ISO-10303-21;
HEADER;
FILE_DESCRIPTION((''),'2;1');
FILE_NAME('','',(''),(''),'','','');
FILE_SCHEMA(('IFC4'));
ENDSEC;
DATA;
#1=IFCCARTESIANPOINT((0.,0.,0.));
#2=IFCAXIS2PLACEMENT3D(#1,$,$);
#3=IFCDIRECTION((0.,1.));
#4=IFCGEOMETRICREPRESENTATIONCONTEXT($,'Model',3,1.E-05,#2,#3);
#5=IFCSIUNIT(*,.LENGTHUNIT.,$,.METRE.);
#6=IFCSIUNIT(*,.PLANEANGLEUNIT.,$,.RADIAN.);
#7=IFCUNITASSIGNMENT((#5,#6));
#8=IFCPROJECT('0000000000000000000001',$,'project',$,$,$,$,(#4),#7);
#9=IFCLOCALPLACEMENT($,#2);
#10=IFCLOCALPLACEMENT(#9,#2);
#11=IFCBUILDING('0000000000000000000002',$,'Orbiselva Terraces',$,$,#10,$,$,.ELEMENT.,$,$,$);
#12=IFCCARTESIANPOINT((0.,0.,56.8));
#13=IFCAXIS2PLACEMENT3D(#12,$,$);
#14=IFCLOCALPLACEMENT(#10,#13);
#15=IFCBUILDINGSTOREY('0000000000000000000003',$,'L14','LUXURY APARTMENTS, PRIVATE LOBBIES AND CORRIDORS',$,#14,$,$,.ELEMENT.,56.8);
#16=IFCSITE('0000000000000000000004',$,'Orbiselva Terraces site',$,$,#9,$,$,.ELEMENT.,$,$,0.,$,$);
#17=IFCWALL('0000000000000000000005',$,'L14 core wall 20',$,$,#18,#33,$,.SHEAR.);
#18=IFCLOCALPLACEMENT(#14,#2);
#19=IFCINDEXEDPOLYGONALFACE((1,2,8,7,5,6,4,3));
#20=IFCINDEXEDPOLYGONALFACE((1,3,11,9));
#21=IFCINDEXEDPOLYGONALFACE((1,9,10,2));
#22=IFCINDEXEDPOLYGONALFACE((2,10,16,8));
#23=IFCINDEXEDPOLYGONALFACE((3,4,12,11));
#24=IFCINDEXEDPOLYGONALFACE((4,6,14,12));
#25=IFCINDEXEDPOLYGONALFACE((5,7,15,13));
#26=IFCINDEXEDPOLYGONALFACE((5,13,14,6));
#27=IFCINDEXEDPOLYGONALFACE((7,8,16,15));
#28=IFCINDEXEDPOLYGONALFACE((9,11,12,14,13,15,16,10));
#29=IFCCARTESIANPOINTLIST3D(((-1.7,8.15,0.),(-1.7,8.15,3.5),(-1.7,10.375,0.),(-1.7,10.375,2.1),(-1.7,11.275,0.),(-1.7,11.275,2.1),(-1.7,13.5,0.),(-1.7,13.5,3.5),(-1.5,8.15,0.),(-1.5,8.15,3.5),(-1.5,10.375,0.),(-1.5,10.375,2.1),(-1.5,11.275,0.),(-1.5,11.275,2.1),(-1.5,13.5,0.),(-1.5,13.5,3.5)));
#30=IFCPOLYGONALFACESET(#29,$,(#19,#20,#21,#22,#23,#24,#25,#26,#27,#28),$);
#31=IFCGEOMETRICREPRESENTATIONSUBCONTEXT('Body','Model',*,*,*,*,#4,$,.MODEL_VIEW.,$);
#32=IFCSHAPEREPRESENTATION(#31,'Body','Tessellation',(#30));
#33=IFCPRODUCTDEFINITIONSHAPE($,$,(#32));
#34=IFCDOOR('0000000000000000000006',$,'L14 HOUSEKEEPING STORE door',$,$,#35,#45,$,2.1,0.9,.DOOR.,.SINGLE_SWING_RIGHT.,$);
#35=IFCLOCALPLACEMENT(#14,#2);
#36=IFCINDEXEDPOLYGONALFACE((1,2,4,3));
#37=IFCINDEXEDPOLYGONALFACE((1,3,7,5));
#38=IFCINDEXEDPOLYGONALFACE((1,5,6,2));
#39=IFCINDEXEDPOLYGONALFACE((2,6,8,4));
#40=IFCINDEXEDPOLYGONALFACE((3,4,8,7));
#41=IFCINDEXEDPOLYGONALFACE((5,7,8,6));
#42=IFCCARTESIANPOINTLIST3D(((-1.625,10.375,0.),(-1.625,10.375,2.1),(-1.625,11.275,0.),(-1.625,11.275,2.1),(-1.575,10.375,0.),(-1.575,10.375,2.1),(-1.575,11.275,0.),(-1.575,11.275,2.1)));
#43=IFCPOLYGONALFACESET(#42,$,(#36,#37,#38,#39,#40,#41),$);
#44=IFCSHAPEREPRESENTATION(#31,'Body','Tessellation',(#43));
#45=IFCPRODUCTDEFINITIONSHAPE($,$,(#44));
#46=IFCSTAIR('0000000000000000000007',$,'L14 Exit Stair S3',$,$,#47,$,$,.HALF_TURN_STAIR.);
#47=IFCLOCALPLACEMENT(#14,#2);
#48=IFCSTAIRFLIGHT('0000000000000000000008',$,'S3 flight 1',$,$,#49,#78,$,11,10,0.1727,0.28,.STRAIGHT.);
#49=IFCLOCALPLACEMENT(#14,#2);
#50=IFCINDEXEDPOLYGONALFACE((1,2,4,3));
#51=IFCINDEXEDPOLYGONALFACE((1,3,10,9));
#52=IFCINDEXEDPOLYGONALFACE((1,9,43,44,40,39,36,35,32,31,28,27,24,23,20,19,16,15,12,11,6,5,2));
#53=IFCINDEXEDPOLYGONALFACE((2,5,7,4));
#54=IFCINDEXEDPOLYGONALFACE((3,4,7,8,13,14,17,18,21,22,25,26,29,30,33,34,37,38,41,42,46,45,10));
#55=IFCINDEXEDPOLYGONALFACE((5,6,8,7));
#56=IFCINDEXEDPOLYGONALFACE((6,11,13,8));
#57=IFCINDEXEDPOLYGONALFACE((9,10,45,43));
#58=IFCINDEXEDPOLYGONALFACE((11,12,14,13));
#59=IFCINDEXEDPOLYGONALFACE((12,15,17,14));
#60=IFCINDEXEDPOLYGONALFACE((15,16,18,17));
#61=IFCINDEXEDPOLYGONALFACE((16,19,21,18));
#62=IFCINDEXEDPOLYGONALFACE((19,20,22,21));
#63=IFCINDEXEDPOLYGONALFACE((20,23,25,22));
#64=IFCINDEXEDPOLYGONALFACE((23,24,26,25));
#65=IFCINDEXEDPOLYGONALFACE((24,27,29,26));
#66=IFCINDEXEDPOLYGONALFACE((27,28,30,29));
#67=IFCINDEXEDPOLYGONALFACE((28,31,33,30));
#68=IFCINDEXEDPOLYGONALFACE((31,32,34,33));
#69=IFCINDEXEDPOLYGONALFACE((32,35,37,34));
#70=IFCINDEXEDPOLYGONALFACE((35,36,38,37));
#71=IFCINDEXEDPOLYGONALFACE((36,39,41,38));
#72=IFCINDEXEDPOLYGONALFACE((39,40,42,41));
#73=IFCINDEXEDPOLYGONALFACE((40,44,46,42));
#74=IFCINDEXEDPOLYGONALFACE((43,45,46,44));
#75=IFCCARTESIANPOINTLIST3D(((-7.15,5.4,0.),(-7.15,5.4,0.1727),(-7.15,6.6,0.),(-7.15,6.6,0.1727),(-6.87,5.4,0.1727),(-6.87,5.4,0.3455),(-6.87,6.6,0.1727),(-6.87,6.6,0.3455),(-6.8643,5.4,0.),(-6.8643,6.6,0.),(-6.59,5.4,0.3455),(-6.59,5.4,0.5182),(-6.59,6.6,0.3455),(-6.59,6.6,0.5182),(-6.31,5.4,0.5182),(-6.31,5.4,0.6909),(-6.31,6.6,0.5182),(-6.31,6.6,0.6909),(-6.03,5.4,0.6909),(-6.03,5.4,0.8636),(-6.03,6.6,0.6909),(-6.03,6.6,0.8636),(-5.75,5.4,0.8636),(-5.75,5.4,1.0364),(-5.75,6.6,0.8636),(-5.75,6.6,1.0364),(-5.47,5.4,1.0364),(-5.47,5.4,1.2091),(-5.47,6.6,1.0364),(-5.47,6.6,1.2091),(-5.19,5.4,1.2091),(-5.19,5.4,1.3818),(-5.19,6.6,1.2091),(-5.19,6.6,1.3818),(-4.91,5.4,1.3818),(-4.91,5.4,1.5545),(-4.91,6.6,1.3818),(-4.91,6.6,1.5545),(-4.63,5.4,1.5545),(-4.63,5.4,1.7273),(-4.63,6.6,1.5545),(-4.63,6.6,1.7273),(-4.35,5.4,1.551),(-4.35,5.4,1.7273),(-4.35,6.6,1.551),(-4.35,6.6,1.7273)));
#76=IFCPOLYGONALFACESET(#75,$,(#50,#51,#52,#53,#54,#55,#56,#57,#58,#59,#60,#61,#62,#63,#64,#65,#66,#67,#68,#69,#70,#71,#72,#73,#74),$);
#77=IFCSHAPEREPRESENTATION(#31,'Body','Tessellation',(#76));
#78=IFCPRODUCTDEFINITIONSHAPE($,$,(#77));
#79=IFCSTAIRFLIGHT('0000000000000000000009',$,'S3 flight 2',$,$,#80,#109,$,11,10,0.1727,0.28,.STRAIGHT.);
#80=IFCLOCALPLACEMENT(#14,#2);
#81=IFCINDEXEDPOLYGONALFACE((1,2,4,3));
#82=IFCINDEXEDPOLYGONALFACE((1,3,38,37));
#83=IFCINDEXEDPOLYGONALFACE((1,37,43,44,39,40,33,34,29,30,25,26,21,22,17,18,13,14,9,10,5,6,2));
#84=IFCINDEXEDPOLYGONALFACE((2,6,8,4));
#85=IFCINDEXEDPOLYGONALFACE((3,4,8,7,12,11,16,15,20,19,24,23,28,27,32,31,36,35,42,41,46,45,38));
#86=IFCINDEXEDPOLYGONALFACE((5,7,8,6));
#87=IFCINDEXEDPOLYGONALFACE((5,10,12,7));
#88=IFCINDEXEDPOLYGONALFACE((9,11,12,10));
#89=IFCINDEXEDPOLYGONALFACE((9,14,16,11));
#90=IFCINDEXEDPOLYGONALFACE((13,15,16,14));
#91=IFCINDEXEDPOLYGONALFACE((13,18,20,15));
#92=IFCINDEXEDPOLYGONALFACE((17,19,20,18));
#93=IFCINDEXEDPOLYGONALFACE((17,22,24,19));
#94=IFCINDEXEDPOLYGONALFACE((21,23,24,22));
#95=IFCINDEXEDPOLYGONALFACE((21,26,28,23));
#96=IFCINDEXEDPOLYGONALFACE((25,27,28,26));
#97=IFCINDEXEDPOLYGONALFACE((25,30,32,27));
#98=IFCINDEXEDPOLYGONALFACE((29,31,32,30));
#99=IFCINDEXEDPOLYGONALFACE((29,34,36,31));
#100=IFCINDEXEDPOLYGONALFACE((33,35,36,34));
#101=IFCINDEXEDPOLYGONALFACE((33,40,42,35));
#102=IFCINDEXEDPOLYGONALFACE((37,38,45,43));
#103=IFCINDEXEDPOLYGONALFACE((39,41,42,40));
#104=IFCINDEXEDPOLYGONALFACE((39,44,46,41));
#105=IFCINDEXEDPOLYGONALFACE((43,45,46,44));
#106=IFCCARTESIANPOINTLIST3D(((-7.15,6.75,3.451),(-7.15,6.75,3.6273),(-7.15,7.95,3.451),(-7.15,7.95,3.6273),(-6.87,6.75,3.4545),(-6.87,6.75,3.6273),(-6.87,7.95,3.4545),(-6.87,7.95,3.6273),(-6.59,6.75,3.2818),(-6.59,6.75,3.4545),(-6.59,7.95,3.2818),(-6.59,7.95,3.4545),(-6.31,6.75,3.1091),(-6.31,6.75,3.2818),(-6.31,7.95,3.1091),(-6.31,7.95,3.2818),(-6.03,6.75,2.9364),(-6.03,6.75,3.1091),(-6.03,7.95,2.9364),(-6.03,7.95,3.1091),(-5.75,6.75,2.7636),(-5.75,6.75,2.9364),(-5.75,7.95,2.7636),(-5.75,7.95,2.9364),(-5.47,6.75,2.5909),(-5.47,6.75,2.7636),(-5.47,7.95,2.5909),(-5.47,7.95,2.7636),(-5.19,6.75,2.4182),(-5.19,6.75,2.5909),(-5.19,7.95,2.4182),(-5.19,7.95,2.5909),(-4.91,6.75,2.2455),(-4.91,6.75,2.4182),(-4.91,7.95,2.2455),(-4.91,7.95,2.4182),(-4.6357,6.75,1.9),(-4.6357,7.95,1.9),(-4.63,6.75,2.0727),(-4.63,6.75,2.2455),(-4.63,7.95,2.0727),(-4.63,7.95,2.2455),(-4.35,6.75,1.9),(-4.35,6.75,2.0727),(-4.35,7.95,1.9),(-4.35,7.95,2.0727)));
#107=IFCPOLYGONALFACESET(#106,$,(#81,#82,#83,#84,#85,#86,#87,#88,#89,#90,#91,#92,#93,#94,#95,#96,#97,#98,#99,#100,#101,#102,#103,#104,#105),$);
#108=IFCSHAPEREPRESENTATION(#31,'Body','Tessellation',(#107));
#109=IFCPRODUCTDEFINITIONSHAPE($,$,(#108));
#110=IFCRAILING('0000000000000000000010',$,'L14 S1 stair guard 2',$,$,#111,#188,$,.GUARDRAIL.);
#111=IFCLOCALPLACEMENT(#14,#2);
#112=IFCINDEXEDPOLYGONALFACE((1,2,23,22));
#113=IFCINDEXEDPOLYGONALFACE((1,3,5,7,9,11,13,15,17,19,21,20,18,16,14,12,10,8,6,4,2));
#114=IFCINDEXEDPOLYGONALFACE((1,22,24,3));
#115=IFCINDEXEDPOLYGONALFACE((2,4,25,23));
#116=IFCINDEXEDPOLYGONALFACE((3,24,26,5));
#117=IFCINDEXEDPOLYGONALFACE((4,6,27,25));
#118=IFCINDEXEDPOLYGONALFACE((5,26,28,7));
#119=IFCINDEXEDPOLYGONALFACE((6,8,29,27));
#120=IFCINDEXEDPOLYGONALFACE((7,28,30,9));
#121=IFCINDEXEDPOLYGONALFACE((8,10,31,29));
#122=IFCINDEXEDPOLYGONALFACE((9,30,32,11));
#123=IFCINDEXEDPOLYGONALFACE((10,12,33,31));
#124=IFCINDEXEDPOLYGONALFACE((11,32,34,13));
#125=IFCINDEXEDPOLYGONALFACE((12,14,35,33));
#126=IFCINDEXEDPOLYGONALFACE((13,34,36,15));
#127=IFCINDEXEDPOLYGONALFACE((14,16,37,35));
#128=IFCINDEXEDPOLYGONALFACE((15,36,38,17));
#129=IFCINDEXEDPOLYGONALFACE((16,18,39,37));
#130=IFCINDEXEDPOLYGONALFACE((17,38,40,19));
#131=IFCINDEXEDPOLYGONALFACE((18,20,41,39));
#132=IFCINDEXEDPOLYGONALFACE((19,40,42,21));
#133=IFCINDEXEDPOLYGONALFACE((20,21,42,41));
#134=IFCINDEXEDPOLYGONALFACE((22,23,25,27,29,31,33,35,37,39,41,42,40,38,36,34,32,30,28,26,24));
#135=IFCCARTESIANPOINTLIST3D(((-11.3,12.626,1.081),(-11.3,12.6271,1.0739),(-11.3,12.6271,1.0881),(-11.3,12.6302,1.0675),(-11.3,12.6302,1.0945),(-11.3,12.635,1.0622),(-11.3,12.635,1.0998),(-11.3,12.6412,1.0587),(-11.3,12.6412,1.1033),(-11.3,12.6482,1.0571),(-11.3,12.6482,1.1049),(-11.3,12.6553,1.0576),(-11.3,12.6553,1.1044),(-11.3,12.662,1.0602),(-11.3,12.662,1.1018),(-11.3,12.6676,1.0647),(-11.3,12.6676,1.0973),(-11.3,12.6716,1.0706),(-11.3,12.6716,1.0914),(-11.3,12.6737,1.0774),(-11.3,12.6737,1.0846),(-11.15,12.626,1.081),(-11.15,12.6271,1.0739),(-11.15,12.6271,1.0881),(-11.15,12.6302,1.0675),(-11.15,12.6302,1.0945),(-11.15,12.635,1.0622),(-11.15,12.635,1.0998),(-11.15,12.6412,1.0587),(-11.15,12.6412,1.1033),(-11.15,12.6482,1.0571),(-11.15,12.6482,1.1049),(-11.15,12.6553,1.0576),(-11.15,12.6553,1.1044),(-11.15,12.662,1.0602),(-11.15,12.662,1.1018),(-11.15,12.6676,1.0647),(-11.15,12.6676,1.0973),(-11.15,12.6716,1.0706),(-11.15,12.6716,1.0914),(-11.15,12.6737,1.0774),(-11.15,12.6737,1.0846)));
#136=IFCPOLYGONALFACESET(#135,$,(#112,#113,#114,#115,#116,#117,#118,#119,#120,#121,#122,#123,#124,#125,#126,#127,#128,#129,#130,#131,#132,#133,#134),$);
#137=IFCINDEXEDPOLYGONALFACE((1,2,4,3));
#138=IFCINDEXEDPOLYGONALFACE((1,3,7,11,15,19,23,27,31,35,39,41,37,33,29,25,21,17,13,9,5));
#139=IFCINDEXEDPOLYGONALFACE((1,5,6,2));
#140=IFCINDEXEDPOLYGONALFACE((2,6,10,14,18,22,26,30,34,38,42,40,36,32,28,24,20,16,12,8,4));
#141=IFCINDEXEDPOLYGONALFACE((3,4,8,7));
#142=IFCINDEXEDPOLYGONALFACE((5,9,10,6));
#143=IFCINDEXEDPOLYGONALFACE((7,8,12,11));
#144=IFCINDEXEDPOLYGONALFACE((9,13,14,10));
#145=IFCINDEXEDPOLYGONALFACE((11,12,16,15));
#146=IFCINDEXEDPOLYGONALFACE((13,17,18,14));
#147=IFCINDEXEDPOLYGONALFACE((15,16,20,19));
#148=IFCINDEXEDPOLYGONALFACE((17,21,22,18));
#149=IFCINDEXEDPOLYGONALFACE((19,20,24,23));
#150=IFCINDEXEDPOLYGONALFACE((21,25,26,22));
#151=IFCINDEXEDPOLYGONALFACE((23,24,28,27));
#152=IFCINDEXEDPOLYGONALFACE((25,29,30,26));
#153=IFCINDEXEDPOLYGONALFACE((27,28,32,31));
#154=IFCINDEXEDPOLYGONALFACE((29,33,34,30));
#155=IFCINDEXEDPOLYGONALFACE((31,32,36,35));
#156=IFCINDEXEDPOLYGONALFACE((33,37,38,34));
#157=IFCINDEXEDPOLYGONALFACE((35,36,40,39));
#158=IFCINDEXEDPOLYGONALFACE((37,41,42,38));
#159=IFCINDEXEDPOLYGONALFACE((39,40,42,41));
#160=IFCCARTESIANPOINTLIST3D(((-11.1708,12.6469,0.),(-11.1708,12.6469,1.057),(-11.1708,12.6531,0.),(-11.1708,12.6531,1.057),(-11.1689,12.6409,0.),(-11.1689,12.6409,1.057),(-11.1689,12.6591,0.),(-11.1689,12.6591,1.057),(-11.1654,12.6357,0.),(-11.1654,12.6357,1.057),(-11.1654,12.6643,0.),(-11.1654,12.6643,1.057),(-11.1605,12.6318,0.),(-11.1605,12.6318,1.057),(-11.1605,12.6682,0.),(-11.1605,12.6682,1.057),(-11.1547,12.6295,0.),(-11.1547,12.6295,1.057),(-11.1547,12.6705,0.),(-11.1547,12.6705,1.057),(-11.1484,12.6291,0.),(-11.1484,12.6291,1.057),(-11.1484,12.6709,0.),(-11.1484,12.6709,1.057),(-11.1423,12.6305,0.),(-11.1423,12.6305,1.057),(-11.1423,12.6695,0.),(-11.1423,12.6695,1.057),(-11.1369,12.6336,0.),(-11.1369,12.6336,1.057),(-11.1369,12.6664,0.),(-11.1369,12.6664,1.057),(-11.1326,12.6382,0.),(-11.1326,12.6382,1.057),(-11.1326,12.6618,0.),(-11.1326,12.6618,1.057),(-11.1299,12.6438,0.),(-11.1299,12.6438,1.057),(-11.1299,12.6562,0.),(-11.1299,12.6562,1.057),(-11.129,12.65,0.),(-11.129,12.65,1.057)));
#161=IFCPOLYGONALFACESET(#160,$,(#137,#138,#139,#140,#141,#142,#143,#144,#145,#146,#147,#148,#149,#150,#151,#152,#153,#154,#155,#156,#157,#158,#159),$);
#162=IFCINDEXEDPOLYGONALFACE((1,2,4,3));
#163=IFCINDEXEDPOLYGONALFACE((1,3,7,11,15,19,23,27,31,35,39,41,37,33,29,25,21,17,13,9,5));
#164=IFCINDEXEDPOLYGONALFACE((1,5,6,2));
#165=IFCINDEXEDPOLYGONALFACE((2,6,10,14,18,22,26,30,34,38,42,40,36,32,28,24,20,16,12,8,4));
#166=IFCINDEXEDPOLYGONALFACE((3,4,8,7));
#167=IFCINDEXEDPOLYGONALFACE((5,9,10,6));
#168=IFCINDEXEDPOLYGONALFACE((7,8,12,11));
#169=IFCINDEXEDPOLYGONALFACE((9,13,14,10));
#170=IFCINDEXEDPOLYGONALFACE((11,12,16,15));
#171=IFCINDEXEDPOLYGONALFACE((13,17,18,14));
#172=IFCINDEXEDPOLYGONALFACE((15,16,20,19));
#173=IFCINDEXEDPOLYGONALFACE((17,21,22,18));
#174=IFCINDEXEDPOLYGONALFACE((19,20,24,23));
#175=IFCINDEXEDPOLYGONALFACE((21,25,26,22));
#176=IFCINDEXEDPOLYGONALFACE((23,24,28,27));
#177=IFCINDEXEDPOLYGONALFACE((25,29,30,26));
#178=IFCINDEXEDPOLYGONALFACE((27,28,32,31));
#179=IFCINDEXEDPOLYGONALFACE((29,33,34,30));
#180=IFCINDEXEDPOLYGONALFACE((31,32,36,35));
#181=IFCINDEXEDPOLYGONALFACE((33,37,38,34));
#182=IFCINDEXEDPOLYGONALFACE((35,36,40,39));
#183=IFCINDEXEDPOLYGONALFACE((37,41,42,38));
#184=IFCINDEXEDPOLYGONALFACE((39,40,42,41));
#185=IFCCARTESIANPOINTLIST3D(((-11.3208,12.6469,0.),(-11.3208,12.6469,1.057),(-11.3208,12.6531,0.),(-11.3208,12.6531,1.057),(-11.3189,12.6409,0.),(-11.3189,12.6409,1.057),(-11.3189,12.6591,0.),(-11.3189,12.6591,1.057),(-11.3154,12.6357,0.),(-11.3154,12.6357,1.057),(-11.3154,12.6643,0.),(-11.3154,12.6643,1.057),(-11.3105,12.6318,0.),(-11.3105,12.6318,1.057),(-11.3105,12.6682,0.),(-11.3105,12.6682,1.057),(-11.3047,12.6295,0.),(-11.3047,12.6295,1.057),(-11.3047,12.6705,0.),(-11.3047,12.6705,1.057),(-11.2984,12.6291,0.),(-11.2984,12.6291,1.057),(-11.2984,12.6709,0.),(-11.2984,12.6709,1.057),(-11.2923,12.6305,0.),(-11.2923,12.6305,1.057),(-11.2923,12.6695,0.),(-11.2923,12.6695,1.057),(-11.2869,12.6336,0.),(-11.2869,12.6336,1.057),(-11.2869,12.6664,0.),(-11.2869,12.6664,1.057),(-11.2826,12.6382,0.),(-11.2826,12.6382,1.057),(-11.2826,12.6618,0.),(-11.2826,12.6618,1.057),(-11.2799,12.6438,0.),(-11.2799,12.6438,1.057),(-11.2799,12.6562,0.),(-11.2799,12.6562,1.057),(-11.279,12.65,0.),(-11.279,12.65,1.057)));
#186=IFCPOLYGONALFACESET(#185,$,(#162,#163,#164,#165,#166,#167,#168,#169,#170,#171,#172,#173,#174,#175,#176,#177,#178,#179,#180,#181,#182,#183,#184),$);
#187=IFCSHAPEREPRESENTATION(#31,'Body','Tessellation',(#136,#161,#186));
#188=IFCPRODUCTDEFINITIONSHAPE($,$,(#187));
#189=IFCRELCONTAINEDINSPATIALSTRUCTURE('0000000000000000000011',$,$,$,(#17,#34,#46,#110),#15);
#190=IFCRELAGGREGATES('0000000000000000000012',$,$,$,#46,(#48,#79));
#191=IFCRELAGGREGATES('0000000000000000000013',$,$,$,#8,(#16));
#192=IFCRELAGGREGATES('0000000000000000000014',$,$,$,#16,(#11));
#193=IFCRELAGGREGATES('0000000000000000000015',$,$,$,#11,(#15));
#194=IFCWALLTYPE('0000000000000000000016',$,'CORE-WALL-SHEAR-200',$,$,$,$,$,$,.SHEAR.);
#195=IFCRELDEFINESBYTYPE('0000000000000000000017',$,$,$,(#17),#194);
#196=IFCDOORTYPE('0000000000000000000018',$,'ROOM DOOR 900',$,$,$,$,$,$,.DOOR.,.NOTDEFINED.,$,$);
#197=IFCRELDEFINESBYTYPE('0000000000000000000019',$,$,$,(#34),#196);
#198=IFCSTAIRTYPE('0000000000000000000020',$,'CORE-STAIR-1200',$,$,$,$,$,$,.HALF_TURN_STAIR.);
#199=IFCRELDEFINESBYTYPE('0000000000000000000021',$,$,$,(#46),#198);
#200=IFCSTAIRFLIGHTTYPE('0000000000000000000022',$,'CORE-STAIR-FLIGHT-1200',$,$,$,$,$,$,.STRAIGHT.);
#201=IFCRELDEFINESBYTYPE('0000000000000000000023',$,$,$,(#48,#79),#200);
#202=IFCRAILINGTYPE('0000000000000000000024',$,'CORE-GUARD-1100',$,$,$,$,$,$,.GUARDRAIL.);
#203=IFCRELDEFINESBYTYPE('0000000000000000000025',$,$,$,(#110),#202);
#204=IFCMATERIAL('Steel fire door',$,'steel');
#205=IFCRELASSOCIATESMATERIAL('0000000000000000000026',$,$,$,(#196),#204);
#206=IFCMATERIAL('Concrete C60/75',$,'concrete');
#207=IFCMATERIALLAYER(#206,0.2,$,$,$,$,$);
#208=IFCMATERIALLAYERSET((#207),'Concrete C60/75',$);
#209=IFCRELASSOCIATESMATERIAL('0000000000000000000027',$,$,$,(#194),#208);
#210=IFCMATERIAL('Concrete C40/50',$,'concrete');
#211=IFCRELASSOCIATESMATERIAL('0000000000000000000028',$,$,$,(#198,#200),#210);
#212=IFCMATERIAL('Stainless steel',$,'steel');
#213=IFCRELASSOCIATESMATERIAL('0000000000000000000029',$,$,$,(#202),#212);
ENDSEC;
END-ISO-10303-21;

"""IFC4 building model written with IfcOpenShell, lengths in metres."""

from ifc_helpers import new_model, si_unit, direction, frame, frame_2d, origin, origin_2d, place, context, subcontext, project, spatial, polyline, rectangle, circle, outline, extrude, material, layer, layer_set, type_object, element, fill, aggregate, save


model = new_model("IFC4")

# Units and contexts
model_context = context("Model", 3, precision=1e-05, world=origin(), true_north=direction((0.0, 1.0)))
body_context = subcontext(model_context, "Body", "Model", "MODEL_VIEW")
ifc_project = project(units=[si_unit("LENGTHUNIT", "METRE"), si_unit("PLANEANGLEUNIT", "RADIAN")], contexts=[model_context])

# Site, building, storey
site_placement = place(None, origin())
site = spatial("IfcSite", under=ifc_project, at=site_placement, Name="Orbiselva Terraces site", CompositionType="ELEMENT", RefElevation=0.0)
building_placement = place(site_placement, origin())
building = spatial("IfcBuilding", under=site, at=building_placement, Name="Orbiselva Terraces", CompositionType="ELEMENT")
storey_placement = place(building_placement, frame((0.0, 0.0, 56.8)))
storey = spatial("IfcBuildingStorey", under=building, at=storey_placement, Name="L14", Description="LUXURY APARTMENTS, PRIVATE LOBBIES AND CORRIDORS", CompositionType="ELEMENT", Elevation=56.8)

# Shared definitions
ifc_material_1 = material(Name="Steel fire door", Category="steel")
door_type = type_object("IfcDoorType", Name="ROOM DOOR 900", OperationType="NOTDEFINED", PredefinedType="DOOR", material=ifc_material_1)

# Shared definitions
ifc_material_2 = material(Name="Concrete C60/75", Category="concrete")
ifc_layer_1 = layer(ifc_material_2, 0.2)
ifc_layer_set_1 = layer_set([ifc_layer_1], Name="Concrete C60/75")
wall_type_1 = type_object("IfcWallType", Name="CORE-WALL-SHEAR-200", PredefinedType="SHEAR", material=ifc_layer_set_1)

# Wall, opening, door
wall_1_placement = place(storey_placement, frame((-1.6, 8.15, 0.0), z_axis=(0.0, 0.0, 1.0), x_axis=(0.0, 1.0, 0.0)))
wall_1 = element("IfcWall", 1, at=wall_1_placement, inside=storey, type_object=wall_type_1, Name="L14 core wall 20", PredefinedType="SHEAR", context=body_context, shape_type="SweptSolid", body=[
    extrude(rectangle(XDim=5.35, YDim=0.2, at=frame_2d((2.675, 0.0))), origin(), (0.0, 0.0, 1.0), 3.5),
])
opening_1_placement = place(wall_1_placement, frame((2.225, 0.0, 0.0)))
opening_1 = element("IfcOpeningElement", 2, at=opening_1_placement, cuts=wall_1, PredefinedType="OPENING", context=body_context, shape_type="SweptSolid", body=[
    extrude(rectangle(XDim=0.9, YDim=2.1, at=frame_2d((0.45, 1.05))), frame((0.0, 0.11, 0.0), z_axis=(0.0, -1.0, 0.0), x_axis=(1.0, 0.0, 0.0)), (0.0, 0.0, 1.0), 0.22),
])
door_1_placement = place(opening_1_placement, origin())
door_1 = element("IfcDoor", 3, at=door_1_placement, inside=storey, type_object=door_type, Name="L14 HOUSEKEEPING STORE door", OperationType="SINGLE_SWING_RIGHT", OverallHeight=2.1, OverallWidth=0.9, PredefinedType="DOOR", context=body_context, shape_type="SweptSolid", body=[
    extrude(rectangle(XDim=0.9, YDim=2.1, at=frame_2d((0.45, 1.05))), frame((0.0, 0.025, 0.0), z_axis=(0.0, -1.0, 0.0), x_axis=(1.0, 0.0, 0.0)), (0.0, 0.0, 1.0), 0.05),
])
fill(opening_1, door_1)

# Stair, stair flights
ifc_material_3 = material(Name="Concrete C40/50", Category="concrete")
stair_type = type_object("IfcStairType", Name="CORE-STAIR-1200", PredefinedType="HALF_TURN_STAIR", material=ifc_material_3)
stair_placement = place(storey_placement, origin())
stair = element("IfcStair", 4, at=stair_placement, inside=storey, type_object=stair_type, Name="L14 Exit Stair S3", PredefinedType="HALF_TURN_STAIR")
stair_flight_type = type_object("IfcStairFlightType", Name="CORE-STAIR-FLIGHT-1200", PredefinedType="STRAIGHT", material=ifc_material_3)
stair_flight_1_placement = place(storey_placement, frame((-7.15, 6.0, 0.0), z_axis=(0.0, 0.0, 1.0), x_axis=(1.0, 0.0, 0.0)))
stair_flight_1 = element("IfcStairFlight", 5, at=stair_flight_1_placement, type_object=stair_flight_type, Name="S3 flight 1", NumberOfRisers=11, NumberOfTreads=10, PredefinedType="STRAIGHT", RiserHeight=0.1727, TreadLength=0.28, context=body_context, shape_type="SweptSolid", body=[
    extrude(outline(polyline([(0.0, 0.0), (0.0, 0.1727), (0.28, 0.1727), (0.28, 0.3455), (0.56, 0.3455), (0.56, 0.5182), (0.84, 0.5182), (0.84, 0.6909), (1.12, 0.6909), (1.12, 0.8636), (1.4, 0.8636), (1.4, 1.0364), (1.68, 1.0364), (1.68, 1.2091), (1.96, 1.2091), (1.96, 1.3818), (2.24, 1.3818), (2.24, 1.5545), (2.52, 1.5545), (2.52, 1.7273), (2.8, 1.7273), (2.8, 1.9), (2.8, 1.551), (0.2857, 0.0), (0.0, 0.0)])), frame((0.0, 0.6, 0.0), z_axis=(0.0, -1.0, 0.0), x_axis=(1.0, 0.0, 0.0)), (0.0, 0.0, 1.0), 1.2),
])
stair_flight_2_placement = place(storey_placement, frame((-4.35, 7.35, 1.9), z_axis=(0.0, 0.0, 1.0), x_axis=(-1.0, 0.0, 0.0)))
stair_flight_2 = element("IfcStairFlight", 6, at=stair_flight_2_placement, type_object=stair_flight_type, Name="S3 flight 2", NumberOfRisers=11, NumberOfTreads=10, PredefinedType="STRAIGHT", RiserHeight=0.1727, TreadLength=0.28, context=body_context, shape_type="SweptSolid", body=[
    extrude(outline(polyline([(0.0, 0.0), (0.0, 0.1727), (0.28, 0.1727), (0.28, 0.3455), (0.56, 0.3455), (0.56, 0.5182), (0.84, 0.5182), (0.84, 0.6909), (1.12, 0.6909), (1.12, 0.8636), (1.4, 0.8636), (1.4, 1.0364), (1.68, 1.0364), (1.68, 1.2091), (1.96, 1.2091), (1.96, 1.3818), (2.24, 1.3818), (2.24, 1.5545), (2.52, 1.5545), (2.52, 1.7273), (2.8, 1.7273), (2.8, 1.9), (2.8, 1.551), (0.2857, 0.0), (0.0, 0.0)])), frame((0.0, 0.6, 0.0), z_axis=(0.0, -1.0, 0.0), x_axis=(1.0, 0.0, 0.0)), (0.0, 0.0, 1.0), 1.2),
])
aggregate(stair, [stair_flight_1, stair_flight_2])

# Railing
ifc_material_4 = material(Name="Stainless steel", Category="steel")
railing_type_1 = type_object("IfcRailingType", Name="CORE-GUARD-1100", PredefinedType="GUARDRAIL", material=ifc_material_4)
railing_1_placement = place(storey_placement, frame((-11.15, 12.65, 0.0)))
element("IfcRailing", 7, at=railing_1_placement, inside=storey, type_object=railing_type_1, Name="L14 S1 stair guard 2", PredefinedType="GUARDRAIL", context=body_context, shape_type="SweptSolid", body=[
    extrude(circle(Radius=0.024, at=origin_2d()), frame((0.0, 0.0, 1.081), z_axis=(-1.0, 0.0, 0.0), x_axis=(0.0, -1.0, 0.0)), (0.0, 0.0, 1.0), 0.15),
    extrude(circle(Radius=0.021, at=origin_2d()), origin(), (0.0, 0.0, 1.0), 1.057),
    extrude(circle(Radius=0.021, at=origin_2d()), frame((-0.15, 0.0, 0.0)), (0.0, 0.0, 1.0), 1.057),
])

save(model, "model.ifc")
